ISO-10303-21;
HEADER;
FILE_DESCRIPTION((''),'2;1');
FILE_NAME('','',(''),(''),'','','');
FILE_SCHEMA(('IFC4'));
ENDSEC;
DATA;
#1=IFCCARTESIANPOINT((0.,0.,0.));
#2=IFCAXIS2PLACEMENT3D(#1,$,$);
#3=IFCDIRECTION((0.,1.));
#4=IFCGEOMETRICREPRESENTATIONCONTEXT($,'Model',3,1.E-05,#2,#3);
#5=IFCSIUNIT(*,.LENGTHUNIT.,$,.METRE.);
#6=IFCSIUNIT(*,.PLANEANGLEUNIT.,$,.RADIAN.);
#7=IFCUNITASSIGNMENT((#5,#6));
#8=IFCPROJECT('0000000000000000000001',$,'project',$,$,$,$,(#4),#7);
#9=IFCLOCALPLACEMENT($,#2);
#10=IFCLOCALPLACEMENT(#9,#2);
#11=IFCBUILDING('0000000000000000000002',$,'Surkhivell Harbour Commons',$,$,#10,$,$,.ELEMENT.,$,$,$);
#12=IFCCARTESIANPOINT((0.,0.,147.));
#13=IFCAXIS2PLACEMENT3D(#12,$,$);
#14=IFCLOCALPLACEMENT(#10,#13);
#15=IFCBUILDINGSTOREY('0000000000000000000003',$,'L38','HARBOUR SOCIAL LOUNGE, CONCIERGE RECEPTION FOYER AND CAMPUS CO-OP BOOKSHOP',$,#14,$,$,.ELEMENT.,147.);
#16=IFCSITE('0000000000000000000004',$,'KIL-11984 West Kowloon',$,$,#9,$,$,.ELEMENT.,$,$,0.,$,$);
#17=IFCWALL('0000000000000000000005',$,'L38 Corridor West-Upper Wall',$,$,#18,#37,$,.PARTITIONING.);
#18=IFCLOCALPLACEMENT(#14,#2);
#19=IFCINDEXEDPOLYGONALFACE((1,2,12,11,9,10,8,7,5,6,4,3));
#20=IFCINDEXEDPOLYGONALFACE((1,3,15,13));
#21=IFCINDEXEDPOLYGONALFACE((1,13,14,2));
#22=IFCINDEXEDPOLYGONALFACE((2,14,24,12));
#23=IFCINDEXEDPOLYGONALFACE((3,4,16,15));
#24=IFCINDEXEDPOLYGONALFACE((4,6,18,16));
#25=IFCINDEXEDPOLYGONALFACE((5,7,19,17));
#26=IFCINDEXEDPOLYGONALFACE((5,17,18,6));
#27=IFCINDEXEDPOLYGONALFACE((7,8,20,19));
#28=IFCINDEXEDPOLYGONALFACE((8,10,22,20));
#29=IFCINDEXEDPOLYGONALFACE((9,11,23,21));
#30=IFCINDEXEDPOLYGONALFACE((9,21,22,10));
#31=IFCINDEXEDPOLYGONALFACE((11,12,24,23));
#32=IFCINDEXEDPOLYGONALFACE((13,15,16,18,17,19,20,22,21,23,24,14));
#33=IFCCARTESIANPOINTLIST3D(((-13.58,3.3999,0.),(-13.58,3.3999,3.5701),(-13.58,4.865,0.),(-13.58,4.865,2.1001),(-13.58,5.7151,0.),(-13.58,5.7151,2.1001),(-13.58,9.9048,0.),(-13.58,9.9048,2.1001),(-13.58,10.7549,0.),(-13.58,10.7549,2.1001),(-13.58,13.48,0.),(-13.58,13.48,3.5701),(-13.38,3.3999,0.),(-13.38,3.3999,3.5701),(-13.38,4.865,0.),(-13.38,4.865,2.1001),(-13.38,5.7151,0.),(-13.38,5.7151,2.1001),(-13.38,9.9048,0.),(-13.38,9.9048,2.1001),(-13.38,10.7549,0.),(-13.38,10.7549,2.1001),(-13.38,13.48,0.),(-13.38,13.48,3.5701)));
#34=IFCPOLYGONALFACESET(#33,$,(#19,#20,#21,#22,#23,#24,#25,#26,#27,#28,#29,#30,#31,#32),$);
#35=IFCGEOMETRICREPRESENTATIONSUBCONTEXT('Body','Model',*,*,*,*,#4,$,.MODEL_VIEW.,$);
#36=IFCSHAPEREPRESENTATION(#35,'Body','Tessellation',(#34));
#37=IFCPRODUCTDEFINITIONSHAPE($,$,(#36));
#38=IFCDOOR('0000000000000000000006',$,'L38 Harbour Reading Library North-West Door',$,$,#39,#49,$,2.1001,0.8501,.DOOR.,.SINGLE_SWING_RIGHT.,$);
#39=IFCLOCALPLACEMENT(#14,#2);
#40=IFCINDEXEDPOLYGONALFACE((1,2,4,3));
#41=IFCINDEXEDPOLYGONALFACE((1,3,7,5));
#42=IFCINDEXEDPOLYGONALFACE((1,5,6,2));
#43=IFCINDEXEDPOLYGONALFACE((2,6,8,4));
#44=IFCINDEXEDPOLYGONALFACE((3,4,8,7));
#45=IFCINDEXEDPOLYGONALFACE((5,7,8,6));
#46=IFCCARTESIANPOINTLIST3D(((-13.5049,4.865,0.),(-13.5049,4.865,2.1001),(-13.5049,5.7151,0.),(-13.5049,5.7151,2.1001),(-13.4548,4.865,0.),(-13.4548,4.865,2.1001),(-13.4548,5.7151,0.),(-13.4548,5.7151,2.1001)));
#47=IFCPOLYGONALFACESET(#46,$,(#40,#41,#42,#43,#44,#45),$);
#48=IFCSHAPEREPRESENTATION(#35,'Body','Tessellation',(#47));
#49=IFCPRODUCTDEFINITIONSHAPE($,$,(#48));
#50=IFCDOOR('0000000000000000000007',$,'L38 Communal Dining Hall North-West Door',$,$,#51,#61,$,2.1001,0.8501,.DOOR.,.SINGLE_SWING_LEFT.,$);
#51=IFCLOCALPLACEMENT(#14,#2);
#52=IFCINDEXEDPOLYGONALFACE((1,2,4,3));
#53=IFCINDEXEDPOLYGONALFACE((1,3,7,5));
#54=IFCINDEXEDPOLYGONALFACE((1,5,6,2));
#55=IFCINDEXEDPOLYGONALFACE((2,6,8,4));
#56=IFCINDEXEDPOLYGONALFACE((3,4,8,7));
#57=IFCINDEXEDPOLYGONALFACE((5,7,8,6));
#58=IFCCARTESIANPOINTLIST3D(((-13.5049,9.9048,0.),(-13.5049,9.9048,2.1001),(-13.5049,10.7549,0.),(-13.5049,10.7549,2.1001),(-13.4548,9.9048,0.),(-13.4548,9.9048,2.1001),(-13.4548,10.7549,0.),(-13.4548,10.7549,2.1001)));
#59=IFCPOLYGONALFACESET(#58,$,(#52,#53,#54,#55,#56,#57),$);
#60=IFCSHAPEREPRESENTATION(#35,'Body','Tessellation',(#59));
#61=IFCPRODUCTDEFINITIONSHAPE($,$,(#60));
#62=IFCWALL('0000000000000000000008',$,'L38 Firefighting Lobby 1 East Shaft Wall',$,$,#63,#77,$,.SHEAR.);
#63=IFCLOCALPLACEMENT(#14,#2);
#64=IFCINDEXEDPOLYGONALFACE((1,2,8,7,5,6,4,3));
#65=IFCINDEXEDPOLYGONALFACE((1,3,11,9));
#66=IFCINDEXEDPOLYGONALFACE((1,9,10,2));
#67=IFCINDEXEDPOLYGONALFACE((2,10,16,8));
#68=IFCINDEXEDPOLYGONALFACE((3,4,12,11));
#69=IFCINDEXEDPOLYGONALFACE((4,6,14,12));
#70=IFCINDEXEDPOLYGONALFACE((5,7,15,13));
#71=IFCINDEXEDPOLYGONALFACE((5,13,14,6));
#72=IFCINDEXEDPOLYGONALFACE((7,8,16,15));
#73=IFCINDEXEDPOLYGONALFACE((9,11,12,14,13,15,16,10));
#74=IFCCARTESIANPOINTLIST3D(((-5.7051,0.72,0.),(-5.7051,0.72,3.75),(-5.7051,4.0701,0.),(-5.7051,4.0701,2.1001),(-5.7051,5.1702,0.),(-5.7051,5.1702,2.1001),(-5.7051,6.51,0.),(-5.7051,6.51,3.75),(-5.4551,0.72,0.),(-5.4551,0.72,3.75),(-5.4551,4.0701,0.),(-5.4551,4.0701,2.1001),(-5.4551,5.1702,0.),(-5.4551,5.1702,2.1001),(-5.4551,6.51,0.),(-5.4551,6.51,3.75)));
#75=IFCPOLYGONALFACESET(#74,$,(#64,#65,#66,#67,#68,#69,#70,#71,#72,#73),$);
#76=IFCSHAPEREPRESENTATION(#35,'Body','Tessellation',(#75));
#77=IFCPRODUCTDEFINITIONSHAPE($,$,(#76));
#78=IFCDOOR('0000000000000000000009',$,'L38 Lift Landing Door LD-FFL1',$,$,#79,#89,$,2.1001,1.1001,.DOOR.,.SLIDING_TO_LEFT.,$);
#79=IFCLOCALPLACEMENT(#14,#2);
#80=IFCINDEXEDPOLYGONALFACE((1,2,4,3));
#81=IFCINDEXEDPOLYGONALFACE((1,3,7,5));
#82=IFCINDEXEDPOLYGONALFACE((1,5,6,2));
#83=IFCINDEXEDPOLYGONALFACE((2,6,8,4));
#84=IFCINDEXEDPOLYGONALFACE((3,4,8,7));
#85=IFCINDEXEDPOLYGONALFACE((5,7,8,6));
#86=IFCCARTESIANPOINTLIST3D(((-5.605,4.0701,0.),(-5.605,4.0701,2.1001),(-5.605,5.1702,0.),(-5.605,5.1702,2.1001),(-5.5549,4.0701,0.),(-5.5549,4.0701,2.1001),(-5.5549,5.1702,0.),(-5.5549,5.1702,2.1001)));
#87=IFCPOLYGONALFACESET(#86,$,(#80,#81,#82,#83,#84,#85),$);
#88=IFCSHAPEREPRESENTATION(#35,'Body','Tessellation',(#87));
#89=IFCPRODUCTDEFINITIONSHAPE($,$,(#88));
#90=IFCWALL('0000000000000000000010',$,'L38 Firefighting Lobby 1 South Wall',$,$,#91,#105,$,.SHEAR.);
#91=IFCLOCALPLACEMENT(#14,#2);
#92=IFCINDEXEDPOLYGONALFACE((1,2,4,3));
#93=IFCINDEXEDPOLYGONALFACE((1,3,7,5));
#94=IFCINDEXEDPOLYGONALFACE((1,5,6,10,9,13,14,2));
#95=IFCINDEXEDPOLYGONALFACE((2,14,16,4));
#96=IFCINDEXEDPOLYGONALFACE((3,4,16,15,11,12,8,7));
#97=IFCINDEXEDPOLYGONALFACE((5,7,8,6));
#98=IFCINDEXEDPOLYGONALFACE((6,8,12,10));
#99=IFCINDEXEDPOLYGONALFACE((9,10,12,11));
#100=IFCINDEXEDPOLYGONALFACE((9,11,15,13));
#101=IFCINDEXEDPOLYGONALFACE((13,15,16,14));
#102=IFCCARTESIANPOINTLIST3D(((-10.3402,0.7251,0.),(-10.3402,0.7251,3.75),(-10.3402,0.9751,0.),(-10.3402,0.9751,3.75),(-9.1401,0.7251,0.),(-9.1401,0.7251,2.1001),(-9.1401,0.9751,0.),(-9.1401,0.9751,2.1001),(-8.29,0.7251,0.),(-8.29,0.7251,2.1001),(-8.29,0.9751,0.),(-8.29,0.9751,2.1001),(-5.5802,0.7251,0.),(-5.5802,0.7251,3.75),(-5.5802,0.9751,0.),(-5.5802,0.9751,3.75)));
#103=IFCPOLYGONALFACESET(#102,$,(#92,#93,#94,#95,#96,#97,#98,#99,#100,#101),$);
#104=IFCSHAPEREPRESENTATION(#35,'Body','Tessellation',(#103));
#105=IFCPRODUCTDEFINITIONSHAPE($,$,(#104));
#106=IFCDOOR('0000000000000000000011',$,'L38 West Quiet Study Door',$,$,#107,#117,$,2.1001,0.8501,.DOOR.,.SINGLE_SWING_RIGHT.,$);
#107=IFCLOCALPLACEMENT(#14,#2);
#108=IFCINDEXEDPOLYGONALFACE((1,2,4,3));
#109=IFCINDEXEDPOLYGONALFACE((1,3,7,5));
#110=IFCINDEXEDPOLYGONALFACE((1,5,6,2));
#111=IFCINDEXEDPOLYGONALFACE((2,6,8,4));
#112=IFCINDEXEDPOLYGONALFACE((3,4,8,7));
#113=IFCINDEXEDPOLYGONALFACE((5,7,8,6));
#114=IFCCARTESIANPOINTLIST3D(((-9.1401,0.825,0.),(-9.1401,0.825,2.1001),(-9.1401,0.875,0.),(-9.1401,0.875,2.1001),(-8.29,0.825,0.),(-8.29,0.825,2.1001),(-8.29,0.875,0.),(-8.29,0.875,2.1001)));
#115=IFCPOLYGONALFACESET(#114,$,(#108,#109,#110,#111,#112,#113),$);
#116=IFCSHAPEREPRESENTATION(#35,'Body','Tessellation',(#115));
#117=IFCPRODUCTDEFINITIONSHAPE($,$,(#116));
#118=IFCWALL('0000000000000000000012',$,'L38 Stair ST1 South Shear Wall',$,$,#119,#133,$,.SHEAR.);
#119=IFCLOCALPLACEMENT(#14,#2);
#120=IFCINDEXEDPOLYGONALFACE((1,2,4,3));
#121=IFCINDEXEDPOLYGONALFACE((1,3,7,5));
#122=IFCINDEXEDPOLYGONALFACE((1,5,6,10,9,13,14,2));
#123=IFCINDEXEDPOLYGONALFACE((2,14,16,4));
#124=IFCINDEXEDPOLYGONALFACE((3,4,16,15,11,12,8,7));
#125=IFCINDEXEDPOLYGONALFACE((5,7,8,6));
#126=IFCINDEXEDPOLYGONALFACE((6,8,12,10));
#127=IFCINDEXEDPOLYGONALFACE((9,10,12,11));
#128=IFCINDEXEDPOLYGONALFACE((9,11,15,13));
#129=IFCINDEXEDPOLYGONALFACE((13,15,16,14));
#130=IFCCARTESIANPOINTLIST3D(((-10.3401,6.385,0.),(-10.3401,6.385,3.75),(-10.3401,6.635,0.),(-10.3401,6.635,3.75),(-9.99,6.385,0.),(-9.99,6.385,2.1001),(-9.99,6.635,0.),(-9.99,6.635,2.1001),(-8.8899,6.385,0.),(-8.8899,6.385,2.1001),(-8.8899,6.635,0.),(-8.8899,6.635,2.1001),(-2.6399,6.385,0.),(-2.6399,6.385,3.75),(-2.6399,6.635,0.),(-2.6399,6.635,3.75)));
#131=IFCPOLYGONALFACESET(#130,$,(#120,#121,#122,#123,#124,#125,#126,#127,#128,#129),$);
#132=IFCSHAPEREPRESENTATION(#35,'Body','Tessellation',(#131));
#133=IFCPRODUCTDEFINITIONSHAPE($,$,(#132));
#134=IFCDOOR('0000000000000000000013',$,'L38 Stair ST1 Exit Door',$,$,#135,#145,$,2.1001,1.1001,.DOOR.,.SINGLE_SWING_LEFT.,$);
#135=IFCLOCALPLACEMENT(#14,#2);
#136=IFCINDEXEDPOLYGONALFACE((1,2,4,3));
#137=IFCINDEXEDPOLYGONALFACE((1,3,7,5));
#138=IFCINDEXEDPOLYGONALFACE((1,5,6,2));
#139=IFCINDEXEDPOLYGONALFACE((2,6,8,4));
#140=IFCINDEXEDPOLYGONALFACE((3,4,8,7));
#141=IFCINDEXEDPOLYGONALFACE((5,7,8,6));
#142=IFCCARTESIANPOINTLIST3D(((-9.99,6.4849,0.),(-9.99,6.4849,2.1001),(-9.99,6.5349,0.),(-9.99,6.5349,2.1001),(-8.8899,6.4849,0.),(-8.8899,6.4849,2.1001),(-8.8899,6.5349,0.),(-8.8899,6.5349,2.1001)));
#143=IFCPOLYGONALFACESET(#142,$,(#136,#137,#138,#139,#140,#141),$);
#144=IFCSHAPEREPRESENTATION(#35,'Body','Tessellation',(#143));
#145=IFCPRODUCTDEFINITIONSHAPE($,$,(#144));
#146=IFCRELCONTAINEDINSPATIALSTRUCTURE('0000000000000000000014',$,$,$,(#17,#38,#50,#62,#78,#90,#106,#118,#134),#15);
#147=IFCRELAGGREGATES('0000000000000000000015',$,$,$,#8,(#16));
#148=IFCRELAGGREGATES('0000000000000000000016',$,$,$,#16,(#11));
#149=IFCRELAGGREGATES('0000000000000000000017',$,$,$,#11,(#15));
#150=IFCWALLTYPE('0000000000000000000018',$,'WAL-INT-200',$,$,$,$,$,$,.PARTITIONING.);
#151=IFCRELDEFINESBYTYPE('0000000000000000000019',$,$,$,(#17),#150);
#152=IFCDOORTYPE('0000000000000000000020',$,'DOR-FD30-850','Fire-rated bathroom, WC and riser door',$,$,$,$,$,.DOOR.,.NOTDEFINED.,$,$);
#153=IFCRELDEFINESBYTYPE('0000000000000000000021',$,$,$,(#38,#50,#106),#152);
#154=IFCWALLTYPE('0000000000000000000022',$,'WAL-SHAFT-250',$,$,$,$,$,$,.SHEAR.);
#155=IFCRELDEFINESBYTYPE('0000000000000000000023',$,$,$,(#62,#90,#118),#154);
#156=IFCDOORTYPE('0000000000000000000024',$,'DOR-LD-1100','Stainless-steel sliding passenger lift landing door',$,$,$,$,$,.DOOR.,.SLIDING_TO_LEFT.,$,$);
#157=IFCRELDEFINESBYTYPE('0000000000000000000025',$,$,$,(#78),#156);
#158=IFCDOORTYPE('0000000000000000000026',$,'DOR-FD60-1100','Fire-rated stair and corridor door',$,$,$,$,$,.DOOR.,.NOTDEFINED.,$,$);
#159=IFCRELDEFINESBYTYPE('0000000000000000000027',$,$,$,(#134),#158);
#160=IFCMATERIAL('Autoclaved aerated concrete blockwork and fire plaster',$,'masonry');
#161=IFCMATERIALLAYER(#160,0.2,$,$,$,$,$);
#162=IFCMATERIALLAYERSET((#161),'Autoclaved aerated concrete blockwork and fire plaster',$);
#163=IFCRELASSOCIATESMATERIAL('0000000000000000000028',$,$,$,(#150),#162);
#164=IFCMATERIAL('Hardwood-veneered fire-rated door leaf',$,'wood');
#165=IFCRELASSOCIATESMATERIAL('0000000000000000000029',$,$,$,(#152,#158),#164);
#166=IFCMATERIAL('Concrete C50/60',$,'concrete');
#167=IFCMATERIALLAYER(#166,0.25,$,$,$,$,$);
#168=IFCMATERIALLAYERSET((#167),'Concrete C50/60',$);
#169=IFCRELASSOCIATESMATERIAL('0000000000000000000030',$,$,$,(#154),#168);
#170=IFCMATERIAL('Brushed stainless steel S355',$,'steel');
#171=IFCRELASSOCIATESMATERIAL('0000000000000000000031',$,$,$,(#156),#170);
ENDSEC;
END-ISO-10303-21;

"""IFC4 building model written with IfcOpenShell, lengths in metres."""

from ifc_helpers import new_model, si_unit, direction, frame, frame_2d, origin, place, context, subcontext, project, spatial, rectangle, extrude, material, layer, layer_set, type_object, element, fill, save


model = new_model("IFC4")

# Units and contexts
model_context = context("Model", 3, precision=1e-05, world=origin(), true_north=direction((0.0, 1.0)))
body_context = subcontext(model_context, "Body", "Model", "MODEL_VIEW")
ifc_project = project(units=[si_unit("LENGTHUNIT", "METRE"), si_unit("PLANEANGLEUNIT", "RADIAN")], contexts=[model_context])

# Site, building, storey
site_placement = place(None, origin())
site = spatial("IfcSite", under=ifc_project, at=site_placement, Name="KIL-11984 West Kowloon", CompositionType="ELEMENT", RefElevation=0.0)
building_placement = place(site_placement, origin())
building = spatial("IfcBuilding", under=site, at=building_placement, Name="Surkhivell Harbour Commons", CompositionType="ELEMENT")
storey_placement = place(building_placement, frame((0.0, 0.0, 147.0)))
storey = spatial("IfcBuildingStorey", under=building, at=storey_placement, Name="L38", Description="HARBOUR SOCIAL LOUNGE, CONCIERGE RECEPTION FOYER AND CAMPUS CO-OP BOOKSHOP", CompositionType="ELEMENT", Elevation=147.0)

# Shared definitions
ifc_material_1 = material(Name="Hardwood-veneered fire-rated door leaf", Category="wood")

# Wall, openings, doors
ifc_material_2 = material(Name="Autoclaved aerated concrete blockwork and fire plaster", Category="masonry")
ifc_layer_1 = layer(ifc_material_2, 0.2)
ifc_layer_set_1 = layer_set([ifc_layer_1], Name="Autoclaved aerated concrete blockwork and fire plaster")
wall_type_1 = type_object("IfcWallType", Name="WAL-INT-200", PredefinedType="PARTITIONING", material=ifc_layer_set_1)
wall_1_placement = place(storey_placement, frame((-13.48, 3.3999, 0.0), z_axis=(0.0, 0.0, 1.0), x_axis=(0.0, 1.0, 0.0)))
wall_1 = element("IfcWall", 1, at=wall_1_placement, inside=storey, type_object=wall_type_1, Name="L38 Corridor West-Upper Wall", PredefinedType="PARTITIONING", context=body_context, shape_type="SweptSolid", body=[
    extrude(rectangle(XDim=10.0801, YDim=0.2, at=frame_2d((5.04, 0.0))), origin(), (0.0, 0.0, 1.0), 3.5701),
])
opening_1_placement = place(wall_1_placement, frame((1.4651, 0.0, 0.0)))
opening_1 = element("IfcOpeningElement", 2, at=opening_1_placement, cuts=wall_1, PredefinedType="OPENING", context=body_context, shape_type="SweptSolid", body=[
    extrude(rectangle(XDim=0.8501, YDim=2.1001, at=frame_2d((0.425, 1.05))), frame((0.0, 0.1099, 0.0), z_axis=(0.0, -1.0, 0.0), x_axis=(1.0, 0.0, 0.0)), (0.0, 0.0, 1.0), 0.22),
])
opening_2_placement = place(wall_1_placement, frame((6.5049, 0.0, 0.0)))
opening_2 = element("IfcOpeningElement", 3, at=opening_2_placement, cuts=wall_1, PredefinedType="OPENING", context=body_context, shape_type="SweptSolid", body=[
    extrude(rectangle(XDim=0.8501, YDim=2.1001, at=frame_2d((0.425, 1.05))), frame((0.0, 0.1099, 0.0), z_axis=(0.0, -1.0, 0.0), x_axis=(1.0, 0.0, 0.0)), (0.0, 0.0, 1.0), 0.22),
])
door_type_1 = type_object("IfcDoorType", Name="DOR-FD30-850", Description="Fire-rated bathroom, WC and riser door", OperationType="NOTDEFINED", PredefinedType="DOOR", material=ifc_material_1)
door_1_placement = place(opening_1_placement, origin())
door_1 = element("IfcDoor", 4, at=door_1_placement, inside=storey, type_object=door_type_1, Name="L38 Harbour Reading Library North-West Door", OperationType="SINGLE_SWING_RIGHT", OverallHeight=2.1001, OverallWidth=0.8501, PredefinedType="DOOR", context=body_context, shape_type="SweptSolid", body=[
    extrude(rectangle(XDim=0.8501, YDim=2.1001, at=frame_2d((0.425, 1.05))), frame((0.0, 0.0249, 0.0), z_axis=(0.0, -1.0, 0.0), x_axis=(1.0, 0.0, 0.0)), (0.0, 0.0, 1.0), 0.05),
])
fill(opening_1, door_1)
door_2_placement = place(opening_2_placement, origin())
door_2 = element("IfcDoor", 5, at=door_2_placement, inside=storey, type_object=door_type_1, Name="L38 Communal Dining Hall North-West Door", OperationType="SINGLE_SWING_LEFT", OverallHeight=2.1001, OverallWidth=0.8501, PredefinedType="DOOR", context=body_context, shape_type="SweptSolid", body=[
    extrude(rectangle(XDim=0.8501, YDim=2.1001, at=frame_2d((0.425, 1.05))), frame((0.0, 0.0249, 0.0), z_axis=(0.0, -1.0, 0.0), x_axis=(1.0, 0.0, 0.0)), (0.0, 0.0, 1.0), 0.05),
])
fill(opening_2, door_2)

# Walls, openings, doors
ifc_material_3 = material(Name="Concrete C50/60", Category="concrete")
ifc_layer_2 = layer(ifc_material_3, 0.25)
ifc_layer_set_2 = layer_set([ifc_layer_2], Name="Concrete C50/60")
wall_type_2 = type_object("IfcWallType", Name="WAL-SHAFT-250", PredefinedType="SHEAR", material=ifc_layer_set_2)
wall_2_placement = place(storey_placement, frame((-5.5801, 0.72, 0.0), z_axis=(0.0, 0.0, 1.0), x_axis=(0.0, 1.0, 0.0)))
wall_2 = element("IfcWall", 6, at=wall_2_placement, inside=storey, type_object=wall_type_2, Name="L38 Firefighting Lobby 1 East Shaft Wall", PredefinedType="SHEAR", context=body_context, shape_type="SweptSolid", body=[
    extrude(rectangle(XDim=5.79, YDim=0.25, at=frame_2d((2.895, 0.0))), origin(), (0.0, 0.0, 1.0), 3.75),
])
opening_3_placement = place(wall_2_placement, frame((3.3501, 0.0, 0.0)))
opening_3 = element("IfcOpeningElement", 7, at=opening_3_placement, cuts=wall_2, PredefinedType="OPENING", context=body_context, shape_type="SweptSolid", body=[
    extrude(rectangle(XDim=1.1001, YDim=2.1001, at=frame_2d((0.55, 1.05))), frame((0.0, 0.135, 0.0), z_axis=(0.0, -1.0, 0.0), x_axis=(1.0, 0.0, 0.0)), (0.0, 0.0, 1.0), 0.27),
])
ifc_material_4 = material(Name="Brushed stainless steel S355", Category="steel")
door_type_2 = type_object("IfcDoorType", Name="DOR-LD-1100", Description="Stainless-steel sliding passenger lift landing door", OperationType="SLIDING_TO_LEFT", PredefinedType="DOOR", material=ifc_material_4)
door_3_placement = place(opening_3_placement, origin())
door_3 = element("IfcDoor", 8, at=door_3_placement, inside=storey, type_object=door_type_2, Name="L38 Lift Landing Door LD-FFL1", OperationType="SLIDING_TO_LEFT", OverallHeight=2.1001, OverallWidth=1.1001, PredefinedType="DOOR", context=body_context, shape_type="SweptSolid", body=[
    extrude(rectangle(XDim=1.1001, YDim=2.1001, at=frame_2d((0.55, 1.05))), frame((0.0, 0.0249, 0.0), z_axis=(0.0, -1.0, 0.0), x_axis=(1.0, 0.0, 0.0)), (0.0, 0.0, 1.0), 0.05),
])
fill(opening_3, door_3)
wall_3_placement = place(storey_placement, frame((-10.3401, 0.8501, 0.0), z_axis=(0.0, 0.0, 1.0), x_axis=(1.0, 0.0, 0.0)))
wall_3 = element("IfcWall", 9, at=wall_3_placement, inside=storey, type_object=wall_type_2, Name="L38 Firefighting Lobby 1 South Wall", PredefinedType="SHEAR", context=body_context, shape_type="SweptSolid", body=[
    extrude(rectangle(XDim=4.76, YDim=0.25, at=frame_2d((2.3799, 0.0))), origin(), (0.0, 0.0, 1.0), 3.75),
])
opening_4_placement = place(wall_3_placement, frame((1.2, 0.0, 0.0)))
opening_4 = element("IfcOpeningElement", 10, at=opening_4_placement, cuts=wall_3, PredefinedType="OPENING", context=body_context, shape_type="SweptSolid", body=[
    extrude(rectangle(XDim=0.8501, YDim=2.1001, at=frame_2d((0.425, 1.05))), frame((0.0, 0.135, 0.0), z_axis=(0.0, -1.0, 0.0), x_axis=(1.0, 0.0, 0.0)), (0.0, 0.0, 1.0), 0.27),
])
door_4_placement = place(opening_4_placement, origin())
door_4 = element("IfcDoor", 11, at=door_4_placement, inside=storey, type_object=door_type_1, Name="L38 West Quiet Study Door", OperationType="SINGLE_SWING_RIGHT", OverallHeight=2.1001, OverallWidth=0.8501, PredefinedType="DOOR", context=body_context, shape_type="SweptSolid", body=[
    extrude(rectangle(XDim=0.8501, YDim=2.1001, at=frame_2d((0.425, 1.05))), frame((0.0, 0.0249, 0.0), z_axis=(0.0, -1.0, 0.0), x_axis=(1.0, 0.0, 0.0)), (0.0, 0.0, 1.0), 0.05),
])
fill(opening_4, door_4)
wall_4_placement = place(storey_placement, frame((-10.3401, 6.51, 0.0), z_axis=(0.0, 0.0, 1.0), x_axis=(1.0, 0.0, 0.0)))
wall_4 = element("IfcWall", 12, at=wall_4_placement, inside=storey, type_object=wall_type_2, Name="L38 Stair ST1 South Shear Wall", PredefinedType="SHEAR", context=body_context, shape_type="SweptSolid", body=[
    extrude(rectangle(XDim=7.7002, YDim=0.25, at=frame_2d((3.8501, 0.0))), origin(), (0.0, 0.0, 1.0), 3.75),
])
opening_5_placement = place(wall_4_placement, frame((0.3501, 0.0, 0.0)))
opening_5 = element("IfcOpeningElement", 13, at=opening_5_placement, cuts=wall_4, PredefinedType="OPENING", context=body_context, shape_type="SweptSolid", body=[
    extrude(rectangle(XDim=1.1001, YDim=2.1001, at=frame_2d((0.55, 1.05))), frame((0.0, 0.135, 0.0), z_axis=(0.0, -1.0, 0.0), x_axis=(1.0, 0.0, 0.0)), (0.0, 0.0, 1.0), 0.27),
])
door_type_3 = type_object("IfcDoorType", Name="DOR-FD60-1100", Description="Fire-rated stair and corridor door", OperationType="NOTDEFINED", PredefinedType="DOOR", material=ifc_material_1)
door_5_placement = place(opening_5_placement, origin())
door_5 = element("IfcDoor", 14, at=door_5_placement, inside=storey, type_object=door_type_3, Name="L38 Stair ST1 Exit Door", OperationType="SINGLE_SWING_LEFT", OverallHeight=2.1001, OverallWidth=1.1001, PredefinedType="DOOR", context=body_context, shape_type="SweptSolid", body=[
    extrude(rectangle(XDim=1.1001, YDim=2.1001, at=frame_2d((0.55, 1.05))), frame((0.0, 0.0249, 0.0), z_axis=(0.0, -1.0, 0.0), x_axis=(1.0, 0.0, 0.0)), (0.0, 0.0, 1.0), 0.05),
])
fill(opening_5, door_5)

save(model, "model.ifc")
